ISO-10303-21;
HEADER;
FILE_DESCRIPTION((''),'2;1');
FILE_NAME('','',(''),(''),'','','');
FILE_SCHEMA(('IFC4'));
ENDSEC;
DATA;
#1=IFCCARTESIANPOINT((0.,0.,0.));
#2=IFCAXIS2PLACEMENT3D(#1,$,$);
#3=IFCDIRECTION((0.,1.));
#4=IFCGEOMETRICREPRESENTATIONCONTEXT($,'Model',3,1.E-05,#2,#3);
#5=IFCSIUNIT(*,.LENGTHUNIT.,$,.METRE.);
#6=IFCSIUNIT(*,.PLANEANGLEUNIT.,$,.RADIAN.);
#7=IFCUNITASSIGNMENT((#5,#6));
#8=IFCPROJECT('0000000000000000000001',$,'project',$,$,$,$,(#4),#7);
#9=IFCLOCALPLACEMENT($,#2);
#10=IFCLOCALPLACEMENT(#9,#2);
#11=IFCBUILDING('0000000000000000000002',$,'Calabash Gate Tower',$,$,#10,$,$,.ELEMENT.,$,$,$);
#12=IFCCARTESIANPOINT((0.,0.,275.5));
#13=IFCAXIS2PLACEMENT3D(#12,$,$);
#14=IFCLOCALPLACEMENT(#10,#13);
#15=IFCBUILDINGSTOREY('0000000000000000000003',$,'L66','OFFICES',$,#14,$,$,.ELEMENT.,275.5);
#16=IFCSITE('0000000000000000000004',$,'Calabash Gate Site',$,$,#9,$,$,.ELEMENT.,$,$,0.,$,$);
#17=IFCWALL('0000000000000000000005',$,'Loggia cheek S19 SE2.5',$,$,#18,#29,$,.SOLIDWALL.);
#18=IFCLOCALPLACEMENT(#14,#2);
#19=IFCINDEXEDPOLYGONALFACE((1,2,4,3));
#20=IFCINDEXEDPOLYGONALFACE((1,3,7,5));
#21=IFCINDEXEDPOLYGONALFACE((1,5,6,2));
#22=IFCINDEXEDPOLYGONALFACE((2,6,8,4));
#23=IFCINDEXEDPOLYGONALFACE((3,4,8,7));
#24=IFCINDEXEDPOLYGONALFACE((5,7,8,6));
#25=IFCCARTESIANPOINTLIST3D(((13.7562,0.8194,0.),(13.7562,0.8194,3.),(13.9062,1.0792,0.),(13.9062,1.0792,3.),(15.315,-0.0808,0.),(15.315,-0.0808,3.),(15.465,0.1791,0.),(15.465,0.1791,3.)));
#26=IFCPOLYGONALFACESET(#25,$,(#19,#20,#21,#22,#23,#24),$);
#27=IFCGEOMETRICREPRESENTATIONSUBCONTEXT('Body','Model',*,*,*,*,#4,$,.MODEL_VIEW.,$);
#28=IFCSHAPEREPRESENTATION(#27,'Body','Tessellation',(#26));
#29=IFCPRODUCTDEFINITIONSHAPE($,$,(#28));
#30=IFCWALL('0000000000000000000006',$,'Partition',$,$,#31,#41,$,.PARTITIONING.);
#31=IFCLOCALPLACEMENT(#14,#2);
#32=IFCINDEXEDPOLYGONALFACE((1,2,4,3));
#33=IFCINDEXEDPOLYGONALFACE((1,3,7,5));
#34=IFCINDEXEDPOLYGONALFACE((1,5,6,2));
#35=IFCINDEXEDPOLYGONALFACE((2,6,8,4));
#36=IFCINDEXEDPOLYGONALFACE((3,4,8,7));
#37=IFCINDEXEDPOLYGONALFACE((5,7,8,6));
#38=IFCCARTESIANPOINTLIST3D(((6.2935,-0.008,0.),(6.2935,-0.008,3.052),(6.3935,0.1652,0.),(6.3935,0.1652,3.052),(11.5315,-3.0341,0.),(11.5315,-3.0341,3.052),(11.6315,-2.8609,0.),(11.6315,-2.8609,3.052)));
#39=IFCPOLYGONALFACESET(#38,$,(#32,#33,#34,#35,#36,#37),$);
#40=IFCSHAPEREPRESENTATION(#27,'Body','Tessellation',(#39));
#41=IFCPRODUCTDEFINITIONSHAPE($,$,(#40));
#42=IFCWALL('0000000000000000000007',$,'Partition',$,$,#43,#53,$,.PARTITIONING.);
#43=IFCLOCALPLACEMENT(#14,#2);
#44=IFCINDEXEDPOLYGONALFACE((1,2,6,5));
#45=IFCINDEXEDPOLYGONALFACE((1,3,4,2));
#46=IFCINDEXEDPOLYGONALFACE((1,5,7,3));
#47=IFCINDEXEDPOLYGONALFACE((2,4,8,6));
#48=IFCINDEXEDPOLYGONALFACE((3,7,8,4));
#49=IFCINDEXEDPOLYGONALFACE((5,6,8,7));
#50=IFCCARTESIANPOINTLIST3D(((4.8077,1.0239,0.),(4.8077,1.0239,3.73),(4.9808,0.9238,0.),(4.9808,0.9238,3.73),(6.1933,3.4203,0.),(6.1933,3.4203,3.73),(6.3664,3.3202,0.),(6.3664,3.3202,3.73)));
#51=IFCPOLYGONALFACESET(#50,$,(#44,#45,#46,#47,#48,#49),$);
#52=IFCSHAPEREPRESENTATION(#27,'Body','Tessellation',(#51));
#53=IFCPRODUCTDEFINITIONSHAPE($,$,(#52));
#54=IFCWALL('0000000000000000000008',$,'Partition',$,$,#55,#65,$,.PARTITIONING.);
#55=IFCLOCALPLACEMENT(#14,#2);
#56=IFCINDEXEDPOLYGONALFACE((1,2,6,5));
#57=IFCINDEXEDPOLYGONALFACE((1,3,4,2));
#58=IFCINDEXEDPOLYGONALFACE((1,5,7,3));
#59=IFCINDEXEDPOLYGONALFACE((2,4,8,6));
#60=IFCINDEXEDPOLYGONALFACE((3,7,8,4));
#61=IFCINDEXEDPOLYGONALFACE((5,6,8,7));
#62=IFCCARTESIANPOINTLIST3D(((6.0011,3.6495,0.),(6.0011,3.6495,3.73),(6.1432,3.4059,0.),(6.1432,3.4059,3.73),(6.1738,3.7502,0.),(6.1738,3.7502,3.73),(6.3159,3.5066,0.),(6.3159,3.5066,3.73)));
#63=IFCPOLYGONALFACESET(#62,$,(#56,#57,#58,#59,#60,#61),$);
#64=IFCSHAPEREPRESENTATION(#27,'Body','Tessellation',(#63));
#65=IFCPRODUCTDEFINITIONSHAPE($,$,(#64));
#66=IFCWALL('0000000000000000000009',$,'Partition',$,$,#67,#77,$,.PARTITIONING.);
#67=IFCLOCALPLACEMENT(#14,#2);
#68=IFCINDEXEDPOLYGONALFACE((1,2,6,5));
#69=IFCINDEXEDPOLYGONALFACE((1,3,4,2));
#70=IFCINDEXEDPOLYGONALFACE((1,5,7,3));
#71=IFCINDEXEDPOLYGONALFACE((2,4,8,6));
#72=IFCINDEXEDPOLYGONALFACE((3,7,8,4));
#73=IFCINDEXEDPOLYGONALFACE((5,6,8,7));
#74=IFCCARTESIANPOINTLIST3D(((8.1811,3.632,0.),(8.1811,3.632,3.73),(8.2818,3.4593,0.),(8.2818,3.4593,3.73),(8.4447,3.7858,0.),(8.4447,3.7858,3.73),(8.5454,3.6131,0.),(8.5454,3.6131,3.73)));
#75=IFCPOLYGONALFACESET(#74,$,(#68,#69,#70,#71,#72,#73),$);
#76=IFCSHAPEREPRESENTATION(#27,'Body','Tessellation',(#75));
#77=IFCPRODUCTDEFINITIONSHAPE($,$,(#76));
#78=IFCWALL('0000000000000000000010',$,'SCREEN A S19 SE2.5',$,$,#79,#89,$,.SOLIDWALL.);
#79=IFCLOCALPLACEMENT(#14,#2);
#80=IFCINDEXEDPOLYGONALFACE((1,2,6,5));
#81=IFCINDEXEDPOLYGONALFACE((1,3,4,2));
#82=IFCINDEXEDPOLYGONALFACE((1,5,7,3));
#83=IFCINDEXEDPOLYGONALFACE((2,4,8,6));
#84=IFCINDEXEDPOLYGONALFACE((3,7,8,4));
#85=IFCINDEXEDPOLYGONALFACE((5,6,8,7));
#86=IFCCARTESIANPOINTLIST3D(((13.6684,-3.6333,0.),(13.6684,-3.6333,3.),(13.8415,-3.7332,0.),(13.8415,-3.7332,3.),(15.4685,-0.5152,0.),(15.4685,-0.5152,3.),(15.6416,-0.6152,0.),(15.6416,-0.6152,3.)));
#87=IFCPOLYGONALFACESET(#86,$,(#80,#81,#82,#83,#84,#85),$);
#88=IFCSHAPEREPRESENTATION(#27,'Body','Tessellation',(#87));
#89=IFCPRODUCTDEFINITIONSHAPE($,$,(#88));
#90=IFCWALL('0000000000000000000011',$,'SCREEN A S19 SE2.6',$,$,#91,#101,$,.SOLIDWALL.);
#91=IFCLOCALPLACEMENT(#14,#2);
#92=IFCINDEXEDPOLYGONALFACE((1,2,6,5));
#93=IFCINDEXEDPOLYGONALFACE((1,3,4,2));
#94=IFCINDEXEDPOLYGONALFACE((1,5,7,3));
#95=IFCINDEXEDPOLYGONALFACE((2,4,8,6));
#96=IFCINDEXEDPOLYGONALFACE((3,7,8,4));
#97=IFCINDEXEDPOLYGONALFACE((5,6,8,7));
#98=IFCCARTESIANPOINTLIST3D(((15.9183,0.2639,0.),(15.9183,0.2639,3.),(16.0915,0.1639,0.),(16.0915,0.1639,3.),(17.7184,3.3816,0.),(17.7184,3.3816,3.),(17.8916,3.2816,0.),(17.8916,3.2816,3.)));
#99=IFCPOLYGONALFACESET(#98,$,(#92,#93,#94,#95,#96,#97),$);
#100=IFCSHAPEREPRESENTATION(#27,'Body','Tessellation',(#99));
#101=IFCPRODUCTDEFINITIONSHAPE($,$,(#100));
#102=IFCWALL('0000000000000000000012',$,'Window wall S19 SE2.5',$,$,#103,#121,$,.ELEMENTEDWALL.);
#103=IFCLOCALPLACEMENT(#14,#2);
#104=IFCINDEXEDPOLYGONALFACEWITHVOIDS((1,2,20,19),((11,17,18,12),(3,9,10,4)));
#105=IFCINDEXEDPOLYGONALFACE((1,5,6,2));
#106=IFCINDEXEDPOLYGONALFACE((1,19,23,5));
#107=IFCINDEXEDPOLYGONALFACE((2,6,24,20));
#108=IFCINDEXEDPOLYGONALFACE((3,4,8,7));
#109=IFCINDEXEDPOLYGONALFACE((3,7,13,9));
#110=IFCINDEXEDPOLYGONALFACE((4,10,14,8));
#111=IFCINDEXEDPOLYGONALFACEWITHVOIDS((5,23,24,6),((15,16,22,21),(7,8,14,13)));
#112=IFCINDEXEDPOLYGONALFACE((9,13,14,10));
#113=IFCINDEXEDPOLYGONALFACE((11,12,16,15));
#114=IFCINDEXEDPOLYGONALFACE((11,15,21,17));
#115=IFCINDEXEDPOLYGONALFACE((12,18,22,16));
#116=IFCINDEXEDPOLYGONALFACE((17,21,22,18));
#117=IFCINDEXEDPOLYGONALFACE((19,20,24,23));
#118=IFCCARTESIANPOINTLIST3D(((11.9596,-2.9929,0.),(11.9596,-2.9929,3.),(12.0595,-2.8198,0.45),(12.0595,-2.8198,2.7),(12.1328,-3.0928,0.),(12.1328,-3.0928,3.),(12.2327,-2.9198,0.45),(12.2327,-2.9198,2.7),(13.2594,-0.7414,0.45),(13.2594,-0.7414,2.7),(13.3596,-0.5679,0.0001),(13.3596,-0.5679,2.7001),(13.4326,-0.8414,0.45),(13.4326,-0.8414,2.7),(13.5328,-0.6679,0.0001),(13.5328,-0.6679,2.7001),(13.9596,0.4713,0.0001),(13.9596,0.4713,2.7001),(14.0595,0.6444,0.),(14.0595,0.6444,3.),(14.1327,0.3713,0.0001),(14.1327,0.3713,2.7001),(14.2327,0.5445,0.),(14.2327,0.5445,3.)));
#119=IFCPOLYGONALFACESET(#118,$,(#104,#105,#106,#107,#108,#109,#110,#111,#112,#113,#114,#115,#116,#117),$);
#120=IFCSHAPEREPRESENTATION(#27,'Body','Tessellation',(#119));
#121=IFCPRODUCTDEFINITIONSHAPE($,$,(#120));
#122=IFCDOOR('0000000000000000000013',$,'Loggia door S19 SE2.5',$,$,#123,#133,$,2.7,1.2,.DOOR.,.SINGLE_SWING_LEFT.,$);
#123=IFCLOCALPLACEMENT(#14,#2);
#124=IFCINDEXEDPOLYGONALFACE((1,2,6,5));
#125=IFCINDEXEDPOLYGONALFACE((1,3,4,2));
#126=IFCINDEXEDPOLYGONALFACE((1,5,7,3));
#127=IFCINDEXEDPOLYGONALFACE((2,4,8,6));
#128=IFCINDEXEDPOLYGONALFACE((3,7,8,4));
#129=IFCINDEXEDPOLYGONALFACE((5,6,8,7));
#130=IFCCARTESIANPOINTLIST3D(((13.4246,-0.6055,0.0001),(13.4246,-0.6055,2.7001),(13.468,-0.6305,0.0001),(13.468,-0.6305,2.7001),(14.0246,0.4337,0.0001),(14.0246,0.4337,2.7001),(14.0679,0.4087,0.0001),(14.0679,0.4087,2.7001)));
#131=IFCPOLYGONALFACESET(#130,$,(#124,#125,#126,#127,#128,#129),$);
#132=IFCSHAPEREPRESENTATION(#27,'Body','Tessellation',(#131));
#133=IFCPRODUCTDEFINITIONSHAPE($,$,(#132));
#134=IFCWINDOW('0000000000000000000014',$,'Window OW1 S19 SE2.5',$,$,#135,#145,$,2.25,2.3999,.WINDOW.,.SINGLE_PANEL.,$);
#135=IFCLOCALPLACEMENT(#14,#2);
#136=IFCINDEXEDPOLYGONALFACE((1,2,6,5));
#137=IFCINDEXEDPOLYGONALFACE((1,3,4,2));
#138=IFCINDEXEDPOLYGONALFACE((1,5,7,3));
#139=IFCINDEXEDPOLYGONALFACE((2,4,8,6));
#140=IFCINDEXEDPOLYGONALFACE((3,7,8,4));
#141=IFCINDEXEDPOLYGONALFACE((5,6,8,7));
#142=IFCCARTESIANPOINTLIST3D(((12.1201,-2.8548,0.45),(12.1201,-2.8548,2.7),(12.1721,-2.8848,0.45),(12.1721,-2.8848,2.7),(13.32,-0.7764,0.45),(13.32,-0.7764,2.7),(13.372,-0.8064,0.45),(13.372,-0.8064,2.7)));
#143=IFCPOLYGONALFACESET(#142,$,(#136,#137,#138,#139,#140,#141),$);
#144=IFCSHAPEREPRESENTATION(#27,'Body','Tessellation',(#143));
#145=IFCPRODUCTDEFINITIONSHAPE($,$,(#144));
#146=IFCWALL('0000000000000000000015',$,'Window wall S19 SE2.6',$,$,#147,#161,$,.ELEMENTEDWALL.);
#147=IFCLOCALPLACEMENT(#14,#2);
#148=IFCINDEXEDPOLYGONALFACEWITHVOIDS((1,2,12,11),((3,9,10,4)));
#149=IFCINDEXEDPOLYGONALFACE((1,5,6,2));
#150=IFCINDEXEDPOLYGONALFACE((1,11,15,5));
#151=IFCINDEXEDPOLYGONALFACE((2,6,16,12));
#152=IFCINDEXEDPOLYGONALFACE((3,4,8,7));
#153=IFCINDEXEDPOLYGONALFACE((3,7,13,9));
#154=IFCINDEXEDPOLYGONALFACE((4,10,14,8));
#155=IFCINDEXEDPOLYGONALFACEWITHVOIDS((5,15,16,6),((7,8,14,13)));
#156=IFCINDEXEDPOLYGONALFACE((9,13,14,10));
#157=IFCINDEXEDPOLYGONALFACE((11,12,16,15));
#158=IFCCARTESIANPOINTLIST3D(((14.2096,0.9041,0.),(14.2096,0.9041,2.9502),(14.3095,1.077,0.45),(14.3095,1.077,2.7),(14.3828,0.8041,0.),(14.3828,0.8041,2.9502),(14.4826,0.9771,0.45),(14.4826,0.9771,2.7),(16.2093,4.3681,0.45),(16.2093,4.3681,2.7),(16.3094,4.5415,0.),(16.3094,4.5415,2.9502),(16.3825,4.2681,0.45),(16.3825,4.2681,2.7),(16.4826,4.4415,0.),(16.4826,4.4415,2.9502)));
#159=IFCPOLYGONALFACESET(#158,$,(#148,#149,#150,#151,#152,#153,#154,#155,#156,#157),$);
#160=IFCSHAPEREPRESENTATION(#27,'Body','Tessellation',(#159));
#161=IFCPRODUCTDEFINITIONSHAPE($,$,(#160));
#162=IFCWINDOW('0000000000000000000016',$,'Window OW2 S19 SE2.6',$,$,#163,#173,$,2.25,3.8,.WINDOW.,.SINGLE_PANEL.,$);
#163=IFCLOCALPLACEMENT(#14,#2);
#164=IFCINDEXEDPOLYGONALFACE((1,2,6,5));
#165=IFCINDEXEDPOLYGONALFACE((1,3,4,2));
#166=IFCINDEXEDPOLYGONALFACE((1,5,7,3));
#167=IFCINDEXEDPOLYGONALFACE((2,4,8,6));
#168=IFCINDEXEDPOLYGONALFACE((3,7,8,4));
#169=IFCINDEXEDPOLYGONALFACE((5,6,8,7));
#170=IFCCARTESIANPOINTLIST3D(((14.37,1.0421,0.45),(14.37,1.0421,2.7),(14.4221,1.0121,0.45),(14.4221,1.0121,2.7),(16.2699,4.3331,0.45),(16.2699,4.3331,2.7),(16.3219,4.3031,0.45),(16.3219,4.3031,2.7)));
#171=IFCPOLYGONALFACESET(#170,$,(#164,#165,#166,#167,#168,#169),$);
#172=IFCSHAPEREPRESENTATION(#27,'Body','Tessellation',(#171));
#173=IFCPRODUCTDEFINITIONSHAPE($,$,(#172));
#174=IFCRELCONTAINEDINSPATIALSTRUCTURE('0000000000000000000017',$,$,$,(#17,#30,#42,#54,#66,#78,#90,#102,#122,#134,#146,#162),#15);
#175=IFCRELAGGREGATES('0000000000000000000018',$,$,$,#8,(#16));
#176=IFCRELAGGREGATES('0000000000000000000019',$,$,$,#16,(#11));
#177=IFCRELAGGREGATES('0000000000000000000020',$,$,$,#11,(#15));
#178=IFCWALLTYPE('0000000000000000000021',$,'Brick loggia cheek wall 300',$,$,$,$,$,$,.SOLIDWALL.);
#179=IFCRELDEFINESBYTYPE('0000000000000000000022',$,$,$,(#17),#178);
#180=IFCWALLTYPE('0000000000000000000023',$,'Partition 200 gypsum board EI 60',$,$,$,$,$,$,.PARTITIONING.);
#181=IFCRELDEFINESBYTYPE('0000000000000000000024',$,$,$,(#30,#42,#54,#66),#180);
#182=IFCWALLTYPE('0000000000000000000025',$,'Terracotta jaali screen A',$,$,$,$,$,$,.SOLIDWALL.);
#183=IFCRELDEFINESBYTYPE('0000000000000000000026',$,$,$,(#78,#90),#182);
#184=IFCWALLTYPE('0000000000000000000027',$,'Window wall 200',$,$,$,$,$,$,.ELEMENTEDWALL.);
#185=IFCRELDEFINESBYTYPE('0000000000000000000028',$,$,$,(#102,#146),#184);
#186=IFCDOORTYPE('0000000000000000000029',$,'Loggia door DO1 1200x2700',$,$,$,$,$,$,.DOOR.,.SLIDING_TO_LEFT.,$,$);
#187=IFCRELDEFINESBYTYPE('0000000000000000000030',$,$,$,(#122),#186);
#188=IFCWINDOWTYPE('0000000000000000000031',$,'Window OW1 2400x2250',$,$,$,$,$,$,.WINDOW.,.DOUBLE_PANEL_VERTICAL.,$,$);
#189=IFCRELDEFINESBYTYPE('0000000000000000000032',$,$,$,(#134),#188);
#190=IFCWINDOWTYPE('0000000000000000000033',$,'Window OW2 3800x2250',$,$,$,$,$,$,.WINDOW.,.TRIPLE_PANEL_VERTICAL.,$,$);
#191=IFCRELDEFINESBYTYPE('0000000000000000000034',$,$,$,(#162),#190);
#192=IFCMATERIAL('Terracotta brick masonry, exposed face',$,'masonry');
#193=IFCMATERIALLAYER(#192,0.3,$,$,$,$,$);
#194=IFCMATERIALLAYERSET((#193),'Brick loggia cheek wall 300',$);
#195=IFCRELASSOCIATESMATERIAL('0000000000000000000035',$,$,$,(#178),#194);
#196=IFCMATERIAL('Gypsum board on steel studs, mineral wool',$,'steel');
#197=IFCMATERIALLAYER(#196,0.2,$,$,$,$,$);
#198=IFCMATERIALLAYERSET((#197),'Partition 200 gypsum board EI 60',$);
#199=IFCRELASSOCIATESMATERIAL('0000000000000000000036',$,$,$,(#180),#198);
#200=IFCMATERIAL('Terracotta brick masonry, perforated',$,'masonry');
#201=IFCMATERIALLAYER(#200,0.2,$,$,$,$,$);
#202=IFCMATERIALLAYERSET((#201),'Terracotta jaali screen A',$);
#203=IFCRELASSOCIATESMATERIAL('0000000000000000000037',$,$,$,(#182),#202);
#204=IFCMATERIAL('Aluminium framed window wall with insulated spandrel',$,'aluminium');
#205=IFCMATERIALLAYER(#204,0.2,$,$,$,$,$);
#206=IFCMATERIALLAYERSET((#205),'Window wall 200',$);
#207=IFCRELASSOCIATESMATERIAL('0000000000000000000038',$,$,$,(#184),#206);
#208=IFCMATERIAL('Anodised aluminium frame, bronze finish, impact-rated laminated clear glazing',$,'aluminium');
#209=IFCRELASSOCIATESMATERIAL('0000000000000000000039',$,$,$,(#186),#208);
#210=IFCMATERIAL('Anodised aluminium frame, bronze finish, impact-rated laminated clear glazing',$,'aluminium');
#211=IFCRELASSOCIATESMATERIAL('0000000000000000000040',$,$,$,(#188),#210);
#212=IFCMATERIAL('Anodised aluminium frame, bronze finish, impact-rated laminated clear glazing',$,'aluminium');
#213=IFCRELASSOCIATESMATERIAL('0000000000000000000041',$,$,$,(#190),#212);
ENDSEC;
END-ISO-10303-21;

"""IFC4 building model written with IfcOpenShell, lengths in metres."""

from ifc_helpers import new_model, si_unit, direction, frame, frame_2d, origin, place, context, subcontext, project, spatial, rectangle, extrude, material, layer, layer_set, type_object, element, fill, save


model = new_model("IFC4")

# Units and contexts
model_context = context("Model", 3, precision=1e-05, world=origin(), true_north=direction((0.0, 1.0)))
body_context = subcontext(model_context, "Body", "Model", "MODEL_VIEW")
ifc_project = project(units=[si_unit("LENGTHUNIT", "METRE"), si_unit("PLANEANGLEUNIT", "RADIAN")], contexts=[model_context])

# Site, building, storey
site_placement = place(None, origin())
site = spatial("IfcSite", under=ifc_project, at=site_placement, Name="Calabash Gate Site", CompositionType="ELEMENT", RefElevation=0.0)
building_placement = place(site_placement, origin())
building = spatial("IfcBuilding", under=site, at=building_placement, Name="Calabash Gate Tower", CompositionType="ELEMENT")
storey_placement = place(building_placement, frame((0.0, 0.0, 275.5)))
storey = spatial("IfcBuildingStorey", under=building, at=storey_placement, Name="L66", Description="OFFICES", CompositionType="ELEMENT", Elevation=275.5)

# Walls
ifc_material_1 = material(Name="Terracotta brick masonry, exposed face", Category="masonry")
ifc_layer_1 = layer(ifc_material_1, 0.3)
ifc_layer_set_1 = layer_set([ifc_layer_1], Name="Brick loggia cheek wall 300")
wall_type_1 = type_object("IfcWallType", Name="Brick loggia cheek wall 300", PredefinedType="SOLIDWALL", material=ifc_layer_set_1)
for number, where, z_axis, x_axis, name in (
    (1, (13.8313, 0.9492, 0.0), (0.0, 0.0, 1.0), (0.865989, -0.500063, 0.0), "Loggia cheek S19 SE2.5"),
):
    element("IfcWall", number, at=place(storey_placement, frame(where, z_axis=z_axis, x_axis=x_axis)), inside=storey, type_object=wall_type_1, Name=name, PredefinedType="SOLIDWALL", context=body_context, shape_type="SweptSolid", body=[
        extrude(rectangle(XDim=1.8, YDim=0.3, at=frame_2d((0.8999, 0.0))), origin(), (0.0, 0.0, 1.0), 3.0),
    ])
ifc_material_2 = material(Name="Gypsum board on steel studs, mineral wool", Category="steel")
ifc_layer_2 = layer(ifc_material_2, 0.2)
ifc_layer_set_2 = layer_set([ifc_layer_2], Name="Partition 200 gypsum board EI 60")
wall_type_2 = type_object("IfcWallType", Name="Partition 200 gypsum board EI 60", PredefinedType="PARTITIONING", material=ifc_layer_set_2)
wall_1_placement = place(storey_placement, frame((6.3435, 0.0786, 0.0), z_axis=(0.0, 0.0, 1.0), x_axis=(0.865886, -0.500241, 0.0)))
element("IfcWall", 2, at=wall_1_placement, inside=storey, type_object=wall_type_2, Name="Partition", PredefinedType="PARTITIONING", context=body_context, shape_type="SweptSolid", body=[
    extrude(rectangle(XDim=6.0493, YDim=0.2, at=frame_2d((3.0247, 0.0))), origin(), (0.0, 0.0, 1.0), 3.052),
])
wall_2_placement = place(storey_placement, frame((4.8943, 0.9739, 0.0), z_axis=(0.0, 0.0, 1.0), x_axis=(0.500549, 0.865708, 0.0)))
element("IfcWall", 3, at=wall_2_placement, inside=storey, type_object=wall_type_2, Name="Partition", PredefinedType="PARTITIONING", context=body_context, shape_type="SweptSolid", body=[
    extrude(rectangle(XDim=2.7681, YDim=0.2, at=frame_2d((1.384, 0.0))), origin(), (0.0, 0.0, 1.0), 3.73),
])
wall_3_placement = place(storey_placement, frame((6.0874, 3.7, 0.0), z_axis=(0.0, 0.0, 1.0), x_axis=(0.503763, -0.863842, 0.0)))
element("IfcWall", 4, at=wall_3_placement, inside=storey, type_object=wall_type_2, Name="Partition", PredefinedType="PARTITIONING", context=body_context, shape_type="SweptSolid", body=[
    extrude(rectangle(XDim=0.282, YDim=0.2, at=frame_2d((0.1411, 0.0))), origin(), (0.0, 0.0, 1.0), 3.73),
])
wall_4_placement = place(storey_placement, frame((8.2314, 3.5457, 0.0), z_axis=(0.0, 0.0, 1.0), x_axis=(0.863779, 0.503871, 0.0)))
element("IfcWall", 5, at=wall_4_placement, inside=storey, type_object=wall_type_2, Name="Partition", PredefinedType="PARTITIONING", context=body_context, shape_type="SweptSolid", body=[
    extrude(rectangle(XDim=0.3052, YDim=0.2, at=frame_2d((0.1526, 0.0))), origin(), (0.0, 0.0, 1.0), 3.73),
])

# Walls
ifc_material_3 = material(Name="Terracotta brick masonry, perforated", Category="masonry")
ifc_layer_3 = layer(ifc_material_3, 0.2)
ifc_layer_set_3 = layer_set([ifc_layer_3], Name="Terracotta jaali screen A")
wall_type_3 = type_object("IfcWallType", Name="Terracotta jaali screen A", PredefinedType="SOLIDWALL", material=ifc_layer_set_3)
wall_5_placement = place(storey_placement, frame((13.7549, -3.6833, 0.0), z_axis=(0.0, 0.0, 1.0), x_axis=(0.499983, 0.866035, 0.0)))
element("IfcWall", 6, at=wall_5_placement, inside=storey, type_object=wall_type_3, Name="SCREEN A S19 SE2.5", PredefinedType="SOLIDWALL", context=body_context, shape_type="SweptSolid", body=[
    extrude(rectangle(XDim=3.6003, YDim=0.2, at=frame_2d((1.8003, 0.0))), origin(), (0.0, 0.0, 1.0), 3.0),
])
wall_6_placement = place(storey_placement, frame((16.0049, 0.2139, 0.0), z_axis=(0.0, 0.0, 1.0), x_axis=(0.500012, 0.866018, 0.0)))
element("IfcWall", 7, at=wall_6_placement, inside=storey, type_object=wall_type_3, Name="SCREEN A S19 SE2.6", PredefinedType="SOLIDWALL", context=body_context, shape_type="SweptSolid", body=[
    extrude(rectangle(XDim=3.6001, YDim=0.2, at=frame_2d((1.8, 0.0))), origin(), (0.0, 0.0, 1.0), 3.0),
])

# Wall, openings, door, window
ifc_material_4 = material(Name="Aluminium framed window wall with insulated spandrel", Category="aluminium")
ifc_layer_4 = layer(ifc_material_4, 0.2)
ifc_layer_set_4 = layer_set([ifc_layer_4], Name="Window wall 200")
wall_type_4 = type_object("IfcWallType", Name="Window wall 200", PredefinedType="ELEMENTEDWALL", material=ifc_layer_set_4)
wall_7_placement = place(storey_placement, frame((12.0461, -3.043, 0.0), z_axis=(0.0, 0.0, 1.0), x_axis=(0.499984, 0.866035, 0.0)))
wall_7 = element("IfcWall", 8, at=wall_7_placement, inside=storey, type_object=wall_type_4, Name="Window wall S19 SE2.5", PredefinedType="ELEMENTEDWALL", context=body_context, shape_type="SweptSolid", body=[
    extrude(rectangle(XDim=4.2, YDim=0.2, at=frame_2d((2.1001, 0.0))), origin(), (0.0, 0.0, 1.0), 3.0),
])
opening_1_placement = place(wall_7_placement, frame((0.2, 0.0, 0.45)))
opening_1 = element("IfcOpeningElement", 9, at=opening_1_placement, cuts=wall_7, PredefinedType="OPENING", context=body_context, shape_type="SweptSolid", body=[
    extrude(rectangle(XDim=2.3999, YDim=2.25, at=frame_2d((1.2, 1.125))), frame((0.0, 0.1099, 0.0), z_axis=(0.0, -1.0, 0.0), x_axis=(1.0, 0.0, 0.0)), (0.0, 0.0, 1.0), 0.22),
])
opening_2_placement = place(wall_7_placement, frame((2.8, 0.0, 0.0)))
opening_2 = element("IfcOpeningElement", 10, at=opening_2_placement, cuts=wall_7, PredefinedType="OPENING", context=body_context, shape_type="SweptSolid", body=[
    extrude(rectangle(XDim=1.2, YDim=2.7, at=frame_2d((0.6001, 1.3501))), frame((0.0, 0.1099, 0.0), z_axis=(0.0, -1.0, 0.0), x_axis=(1.0, 0.0, 0.0)), (0.0, 0.0, 1.0), 0.22),
])
ifc_material_5 = material(Name="Anodised aluminium frame, bronze finish, impact-rated laminated clear glazing", Category="aluminium")
door_type_1 = type_object("IfcDoorType", Name="Loggia door DO1 1200x2700", OperationType="SLIDING_TO_LEFT", PredefinedType="DOOR", material=ifc_material_5)
door_1_placement = place(opening_2_placement, origin())
door_1 = element("IfcDoor", 11, at=door_1_placement, inside=storey, type_object=door_type_1, Name="Loggia door S19 SE2.5", OperationType="SINGLE_SWING_LEFT", OverallHeight=2.7, OverallWidth=1.2, PredefinedType="DOOR", context=body_context, shape_type="SweptSolid", body=[
    extrude(rectangle(XDim=1.2, YDim=2.7, at=frame_2d((0.6001, 1.3501))), frame((0.0, 0.0249, 0.0), z_axis=(0.0, -1.0, 0.0), x_axis=(1.0, 0.0, 0.0)), (0.0, 0.0, 1.0), 0.05),
])
fill(opening_2, door_1)
ifc_material_6 = material(Name="Anodised aluminium frame, bronze finish, impact-rated laminated clear glazing", Category="aluminium")
window_type_1 = type_object("IfcWindowType", Name="Window OW1 2400x2250", PartitioningType="DOUBLE_PANEL_VERTICAL", PredefinedType="WINDOW", material=ifc_material_6)
window_1_placement = place(opening_1_placement, origin())
window_1 = element("IfcWindow", 12, at=window_1_placement, inside=storey, type_object=window_type_1, Name="Window OW1 S19 SE2.5", OverallHeight=2.25, OverallWidth=2.3999, PartitioningType="SINGLE_PANEL", PredefinedType="WINDOW", context=body_context, shape_type="SweptSolid", body=[
    extrude(rectangle(XDim=2.3999, YDim=2.25, at=frame_2d((1.2, 1.125))), frame((0.0, 0.03, 0.0), z_axis=(0.0, -1.0, 0.0), x_axis=(1.0, 0.0, 0.0)), (0.0, 0.0, 1.0), 0.0601),
])
fill(opening_1, window_1)

# Wall, opening, window
wall_8_placement = place(storey_placement, frame((14.2961, 0.854, 0.0), z_axis=(0.0, 0.0, 1.0), x_axis=(0.499959, 0.866049, 0.0)))
wall_8 = element("IfcWall", 13, at=wall_8_placement, inside=storey, type_object=wall_type_4, Name="Window wall S19 SE2.6", PredefinedType="ELEMENTEDWALL", context=body_context, shape_type="SweptSolid", body=[
    extrude(rectangle(XDim=4.2, YDim=0.2, at=frame_2d((2.1001, 0.0))), origin(), (0.0, 0.0, 1.0), 2.9502),
])
opening_3_placement = place(wall_8_placement, frame((0.2, 0.0, 0.45)))
opening_3 = element("IfcOpeningElement", 14, at=opening_3_placement, cuts=wall_8, PredefinedType="OPENING", context=body_context, shape_type="SweptSolid", body=[
    extrude(rectangle(XDim=3.8, YDim=2.25, at=frame_2d((1.8999, 1.125))), frame((0.0, 0.1099, 0.0), z_axis=(0.0, -1.0, 0.0), x_axis=(1.0, 0.0, 0.0)), (0.0, 0.0, 1.0), 0.22),
])
ifc_material_7 = material(Name="Anodised aluminium frame, bronze finish, impact-rated laminated clear glazing", Category="aluminium")
window_type_2 = type_object("IfcWindowType", Name="Window OW2 3800x2250", PartitioningType="TRIPLE_PANEL_VERTICAL", PredefinedType="WINDOW", material=ifc_material_7)
window_2_placement = place(opening_3_placement, origin())
window_2 = element("IfcWindow", 15, at=window_2_placement, inside=storey, type_object=window_type_2, Name="Window OW2 S19 SE2.6", OverallHeight=2.25, OverallWidth=3.8, PartitioningType="SINGLE_PANEL", PredefinedType="WINDOW", context=body_context, shape_type="SweptSolid", body=[
    extrude(rectangle(XDim=3.8, YDim=2.25, at=frame_2d((1.8999, 1.125))), frame((0.0, 0.03, 0.0), z_axis=(0.0, -1.0, 0.0), x_axis=(1.0, 0.0, 0.0)), (0.0, 0.0, 1.0), 0.0601),
])
fill(opening_3, window_2)

save(model, "model.ifc")
